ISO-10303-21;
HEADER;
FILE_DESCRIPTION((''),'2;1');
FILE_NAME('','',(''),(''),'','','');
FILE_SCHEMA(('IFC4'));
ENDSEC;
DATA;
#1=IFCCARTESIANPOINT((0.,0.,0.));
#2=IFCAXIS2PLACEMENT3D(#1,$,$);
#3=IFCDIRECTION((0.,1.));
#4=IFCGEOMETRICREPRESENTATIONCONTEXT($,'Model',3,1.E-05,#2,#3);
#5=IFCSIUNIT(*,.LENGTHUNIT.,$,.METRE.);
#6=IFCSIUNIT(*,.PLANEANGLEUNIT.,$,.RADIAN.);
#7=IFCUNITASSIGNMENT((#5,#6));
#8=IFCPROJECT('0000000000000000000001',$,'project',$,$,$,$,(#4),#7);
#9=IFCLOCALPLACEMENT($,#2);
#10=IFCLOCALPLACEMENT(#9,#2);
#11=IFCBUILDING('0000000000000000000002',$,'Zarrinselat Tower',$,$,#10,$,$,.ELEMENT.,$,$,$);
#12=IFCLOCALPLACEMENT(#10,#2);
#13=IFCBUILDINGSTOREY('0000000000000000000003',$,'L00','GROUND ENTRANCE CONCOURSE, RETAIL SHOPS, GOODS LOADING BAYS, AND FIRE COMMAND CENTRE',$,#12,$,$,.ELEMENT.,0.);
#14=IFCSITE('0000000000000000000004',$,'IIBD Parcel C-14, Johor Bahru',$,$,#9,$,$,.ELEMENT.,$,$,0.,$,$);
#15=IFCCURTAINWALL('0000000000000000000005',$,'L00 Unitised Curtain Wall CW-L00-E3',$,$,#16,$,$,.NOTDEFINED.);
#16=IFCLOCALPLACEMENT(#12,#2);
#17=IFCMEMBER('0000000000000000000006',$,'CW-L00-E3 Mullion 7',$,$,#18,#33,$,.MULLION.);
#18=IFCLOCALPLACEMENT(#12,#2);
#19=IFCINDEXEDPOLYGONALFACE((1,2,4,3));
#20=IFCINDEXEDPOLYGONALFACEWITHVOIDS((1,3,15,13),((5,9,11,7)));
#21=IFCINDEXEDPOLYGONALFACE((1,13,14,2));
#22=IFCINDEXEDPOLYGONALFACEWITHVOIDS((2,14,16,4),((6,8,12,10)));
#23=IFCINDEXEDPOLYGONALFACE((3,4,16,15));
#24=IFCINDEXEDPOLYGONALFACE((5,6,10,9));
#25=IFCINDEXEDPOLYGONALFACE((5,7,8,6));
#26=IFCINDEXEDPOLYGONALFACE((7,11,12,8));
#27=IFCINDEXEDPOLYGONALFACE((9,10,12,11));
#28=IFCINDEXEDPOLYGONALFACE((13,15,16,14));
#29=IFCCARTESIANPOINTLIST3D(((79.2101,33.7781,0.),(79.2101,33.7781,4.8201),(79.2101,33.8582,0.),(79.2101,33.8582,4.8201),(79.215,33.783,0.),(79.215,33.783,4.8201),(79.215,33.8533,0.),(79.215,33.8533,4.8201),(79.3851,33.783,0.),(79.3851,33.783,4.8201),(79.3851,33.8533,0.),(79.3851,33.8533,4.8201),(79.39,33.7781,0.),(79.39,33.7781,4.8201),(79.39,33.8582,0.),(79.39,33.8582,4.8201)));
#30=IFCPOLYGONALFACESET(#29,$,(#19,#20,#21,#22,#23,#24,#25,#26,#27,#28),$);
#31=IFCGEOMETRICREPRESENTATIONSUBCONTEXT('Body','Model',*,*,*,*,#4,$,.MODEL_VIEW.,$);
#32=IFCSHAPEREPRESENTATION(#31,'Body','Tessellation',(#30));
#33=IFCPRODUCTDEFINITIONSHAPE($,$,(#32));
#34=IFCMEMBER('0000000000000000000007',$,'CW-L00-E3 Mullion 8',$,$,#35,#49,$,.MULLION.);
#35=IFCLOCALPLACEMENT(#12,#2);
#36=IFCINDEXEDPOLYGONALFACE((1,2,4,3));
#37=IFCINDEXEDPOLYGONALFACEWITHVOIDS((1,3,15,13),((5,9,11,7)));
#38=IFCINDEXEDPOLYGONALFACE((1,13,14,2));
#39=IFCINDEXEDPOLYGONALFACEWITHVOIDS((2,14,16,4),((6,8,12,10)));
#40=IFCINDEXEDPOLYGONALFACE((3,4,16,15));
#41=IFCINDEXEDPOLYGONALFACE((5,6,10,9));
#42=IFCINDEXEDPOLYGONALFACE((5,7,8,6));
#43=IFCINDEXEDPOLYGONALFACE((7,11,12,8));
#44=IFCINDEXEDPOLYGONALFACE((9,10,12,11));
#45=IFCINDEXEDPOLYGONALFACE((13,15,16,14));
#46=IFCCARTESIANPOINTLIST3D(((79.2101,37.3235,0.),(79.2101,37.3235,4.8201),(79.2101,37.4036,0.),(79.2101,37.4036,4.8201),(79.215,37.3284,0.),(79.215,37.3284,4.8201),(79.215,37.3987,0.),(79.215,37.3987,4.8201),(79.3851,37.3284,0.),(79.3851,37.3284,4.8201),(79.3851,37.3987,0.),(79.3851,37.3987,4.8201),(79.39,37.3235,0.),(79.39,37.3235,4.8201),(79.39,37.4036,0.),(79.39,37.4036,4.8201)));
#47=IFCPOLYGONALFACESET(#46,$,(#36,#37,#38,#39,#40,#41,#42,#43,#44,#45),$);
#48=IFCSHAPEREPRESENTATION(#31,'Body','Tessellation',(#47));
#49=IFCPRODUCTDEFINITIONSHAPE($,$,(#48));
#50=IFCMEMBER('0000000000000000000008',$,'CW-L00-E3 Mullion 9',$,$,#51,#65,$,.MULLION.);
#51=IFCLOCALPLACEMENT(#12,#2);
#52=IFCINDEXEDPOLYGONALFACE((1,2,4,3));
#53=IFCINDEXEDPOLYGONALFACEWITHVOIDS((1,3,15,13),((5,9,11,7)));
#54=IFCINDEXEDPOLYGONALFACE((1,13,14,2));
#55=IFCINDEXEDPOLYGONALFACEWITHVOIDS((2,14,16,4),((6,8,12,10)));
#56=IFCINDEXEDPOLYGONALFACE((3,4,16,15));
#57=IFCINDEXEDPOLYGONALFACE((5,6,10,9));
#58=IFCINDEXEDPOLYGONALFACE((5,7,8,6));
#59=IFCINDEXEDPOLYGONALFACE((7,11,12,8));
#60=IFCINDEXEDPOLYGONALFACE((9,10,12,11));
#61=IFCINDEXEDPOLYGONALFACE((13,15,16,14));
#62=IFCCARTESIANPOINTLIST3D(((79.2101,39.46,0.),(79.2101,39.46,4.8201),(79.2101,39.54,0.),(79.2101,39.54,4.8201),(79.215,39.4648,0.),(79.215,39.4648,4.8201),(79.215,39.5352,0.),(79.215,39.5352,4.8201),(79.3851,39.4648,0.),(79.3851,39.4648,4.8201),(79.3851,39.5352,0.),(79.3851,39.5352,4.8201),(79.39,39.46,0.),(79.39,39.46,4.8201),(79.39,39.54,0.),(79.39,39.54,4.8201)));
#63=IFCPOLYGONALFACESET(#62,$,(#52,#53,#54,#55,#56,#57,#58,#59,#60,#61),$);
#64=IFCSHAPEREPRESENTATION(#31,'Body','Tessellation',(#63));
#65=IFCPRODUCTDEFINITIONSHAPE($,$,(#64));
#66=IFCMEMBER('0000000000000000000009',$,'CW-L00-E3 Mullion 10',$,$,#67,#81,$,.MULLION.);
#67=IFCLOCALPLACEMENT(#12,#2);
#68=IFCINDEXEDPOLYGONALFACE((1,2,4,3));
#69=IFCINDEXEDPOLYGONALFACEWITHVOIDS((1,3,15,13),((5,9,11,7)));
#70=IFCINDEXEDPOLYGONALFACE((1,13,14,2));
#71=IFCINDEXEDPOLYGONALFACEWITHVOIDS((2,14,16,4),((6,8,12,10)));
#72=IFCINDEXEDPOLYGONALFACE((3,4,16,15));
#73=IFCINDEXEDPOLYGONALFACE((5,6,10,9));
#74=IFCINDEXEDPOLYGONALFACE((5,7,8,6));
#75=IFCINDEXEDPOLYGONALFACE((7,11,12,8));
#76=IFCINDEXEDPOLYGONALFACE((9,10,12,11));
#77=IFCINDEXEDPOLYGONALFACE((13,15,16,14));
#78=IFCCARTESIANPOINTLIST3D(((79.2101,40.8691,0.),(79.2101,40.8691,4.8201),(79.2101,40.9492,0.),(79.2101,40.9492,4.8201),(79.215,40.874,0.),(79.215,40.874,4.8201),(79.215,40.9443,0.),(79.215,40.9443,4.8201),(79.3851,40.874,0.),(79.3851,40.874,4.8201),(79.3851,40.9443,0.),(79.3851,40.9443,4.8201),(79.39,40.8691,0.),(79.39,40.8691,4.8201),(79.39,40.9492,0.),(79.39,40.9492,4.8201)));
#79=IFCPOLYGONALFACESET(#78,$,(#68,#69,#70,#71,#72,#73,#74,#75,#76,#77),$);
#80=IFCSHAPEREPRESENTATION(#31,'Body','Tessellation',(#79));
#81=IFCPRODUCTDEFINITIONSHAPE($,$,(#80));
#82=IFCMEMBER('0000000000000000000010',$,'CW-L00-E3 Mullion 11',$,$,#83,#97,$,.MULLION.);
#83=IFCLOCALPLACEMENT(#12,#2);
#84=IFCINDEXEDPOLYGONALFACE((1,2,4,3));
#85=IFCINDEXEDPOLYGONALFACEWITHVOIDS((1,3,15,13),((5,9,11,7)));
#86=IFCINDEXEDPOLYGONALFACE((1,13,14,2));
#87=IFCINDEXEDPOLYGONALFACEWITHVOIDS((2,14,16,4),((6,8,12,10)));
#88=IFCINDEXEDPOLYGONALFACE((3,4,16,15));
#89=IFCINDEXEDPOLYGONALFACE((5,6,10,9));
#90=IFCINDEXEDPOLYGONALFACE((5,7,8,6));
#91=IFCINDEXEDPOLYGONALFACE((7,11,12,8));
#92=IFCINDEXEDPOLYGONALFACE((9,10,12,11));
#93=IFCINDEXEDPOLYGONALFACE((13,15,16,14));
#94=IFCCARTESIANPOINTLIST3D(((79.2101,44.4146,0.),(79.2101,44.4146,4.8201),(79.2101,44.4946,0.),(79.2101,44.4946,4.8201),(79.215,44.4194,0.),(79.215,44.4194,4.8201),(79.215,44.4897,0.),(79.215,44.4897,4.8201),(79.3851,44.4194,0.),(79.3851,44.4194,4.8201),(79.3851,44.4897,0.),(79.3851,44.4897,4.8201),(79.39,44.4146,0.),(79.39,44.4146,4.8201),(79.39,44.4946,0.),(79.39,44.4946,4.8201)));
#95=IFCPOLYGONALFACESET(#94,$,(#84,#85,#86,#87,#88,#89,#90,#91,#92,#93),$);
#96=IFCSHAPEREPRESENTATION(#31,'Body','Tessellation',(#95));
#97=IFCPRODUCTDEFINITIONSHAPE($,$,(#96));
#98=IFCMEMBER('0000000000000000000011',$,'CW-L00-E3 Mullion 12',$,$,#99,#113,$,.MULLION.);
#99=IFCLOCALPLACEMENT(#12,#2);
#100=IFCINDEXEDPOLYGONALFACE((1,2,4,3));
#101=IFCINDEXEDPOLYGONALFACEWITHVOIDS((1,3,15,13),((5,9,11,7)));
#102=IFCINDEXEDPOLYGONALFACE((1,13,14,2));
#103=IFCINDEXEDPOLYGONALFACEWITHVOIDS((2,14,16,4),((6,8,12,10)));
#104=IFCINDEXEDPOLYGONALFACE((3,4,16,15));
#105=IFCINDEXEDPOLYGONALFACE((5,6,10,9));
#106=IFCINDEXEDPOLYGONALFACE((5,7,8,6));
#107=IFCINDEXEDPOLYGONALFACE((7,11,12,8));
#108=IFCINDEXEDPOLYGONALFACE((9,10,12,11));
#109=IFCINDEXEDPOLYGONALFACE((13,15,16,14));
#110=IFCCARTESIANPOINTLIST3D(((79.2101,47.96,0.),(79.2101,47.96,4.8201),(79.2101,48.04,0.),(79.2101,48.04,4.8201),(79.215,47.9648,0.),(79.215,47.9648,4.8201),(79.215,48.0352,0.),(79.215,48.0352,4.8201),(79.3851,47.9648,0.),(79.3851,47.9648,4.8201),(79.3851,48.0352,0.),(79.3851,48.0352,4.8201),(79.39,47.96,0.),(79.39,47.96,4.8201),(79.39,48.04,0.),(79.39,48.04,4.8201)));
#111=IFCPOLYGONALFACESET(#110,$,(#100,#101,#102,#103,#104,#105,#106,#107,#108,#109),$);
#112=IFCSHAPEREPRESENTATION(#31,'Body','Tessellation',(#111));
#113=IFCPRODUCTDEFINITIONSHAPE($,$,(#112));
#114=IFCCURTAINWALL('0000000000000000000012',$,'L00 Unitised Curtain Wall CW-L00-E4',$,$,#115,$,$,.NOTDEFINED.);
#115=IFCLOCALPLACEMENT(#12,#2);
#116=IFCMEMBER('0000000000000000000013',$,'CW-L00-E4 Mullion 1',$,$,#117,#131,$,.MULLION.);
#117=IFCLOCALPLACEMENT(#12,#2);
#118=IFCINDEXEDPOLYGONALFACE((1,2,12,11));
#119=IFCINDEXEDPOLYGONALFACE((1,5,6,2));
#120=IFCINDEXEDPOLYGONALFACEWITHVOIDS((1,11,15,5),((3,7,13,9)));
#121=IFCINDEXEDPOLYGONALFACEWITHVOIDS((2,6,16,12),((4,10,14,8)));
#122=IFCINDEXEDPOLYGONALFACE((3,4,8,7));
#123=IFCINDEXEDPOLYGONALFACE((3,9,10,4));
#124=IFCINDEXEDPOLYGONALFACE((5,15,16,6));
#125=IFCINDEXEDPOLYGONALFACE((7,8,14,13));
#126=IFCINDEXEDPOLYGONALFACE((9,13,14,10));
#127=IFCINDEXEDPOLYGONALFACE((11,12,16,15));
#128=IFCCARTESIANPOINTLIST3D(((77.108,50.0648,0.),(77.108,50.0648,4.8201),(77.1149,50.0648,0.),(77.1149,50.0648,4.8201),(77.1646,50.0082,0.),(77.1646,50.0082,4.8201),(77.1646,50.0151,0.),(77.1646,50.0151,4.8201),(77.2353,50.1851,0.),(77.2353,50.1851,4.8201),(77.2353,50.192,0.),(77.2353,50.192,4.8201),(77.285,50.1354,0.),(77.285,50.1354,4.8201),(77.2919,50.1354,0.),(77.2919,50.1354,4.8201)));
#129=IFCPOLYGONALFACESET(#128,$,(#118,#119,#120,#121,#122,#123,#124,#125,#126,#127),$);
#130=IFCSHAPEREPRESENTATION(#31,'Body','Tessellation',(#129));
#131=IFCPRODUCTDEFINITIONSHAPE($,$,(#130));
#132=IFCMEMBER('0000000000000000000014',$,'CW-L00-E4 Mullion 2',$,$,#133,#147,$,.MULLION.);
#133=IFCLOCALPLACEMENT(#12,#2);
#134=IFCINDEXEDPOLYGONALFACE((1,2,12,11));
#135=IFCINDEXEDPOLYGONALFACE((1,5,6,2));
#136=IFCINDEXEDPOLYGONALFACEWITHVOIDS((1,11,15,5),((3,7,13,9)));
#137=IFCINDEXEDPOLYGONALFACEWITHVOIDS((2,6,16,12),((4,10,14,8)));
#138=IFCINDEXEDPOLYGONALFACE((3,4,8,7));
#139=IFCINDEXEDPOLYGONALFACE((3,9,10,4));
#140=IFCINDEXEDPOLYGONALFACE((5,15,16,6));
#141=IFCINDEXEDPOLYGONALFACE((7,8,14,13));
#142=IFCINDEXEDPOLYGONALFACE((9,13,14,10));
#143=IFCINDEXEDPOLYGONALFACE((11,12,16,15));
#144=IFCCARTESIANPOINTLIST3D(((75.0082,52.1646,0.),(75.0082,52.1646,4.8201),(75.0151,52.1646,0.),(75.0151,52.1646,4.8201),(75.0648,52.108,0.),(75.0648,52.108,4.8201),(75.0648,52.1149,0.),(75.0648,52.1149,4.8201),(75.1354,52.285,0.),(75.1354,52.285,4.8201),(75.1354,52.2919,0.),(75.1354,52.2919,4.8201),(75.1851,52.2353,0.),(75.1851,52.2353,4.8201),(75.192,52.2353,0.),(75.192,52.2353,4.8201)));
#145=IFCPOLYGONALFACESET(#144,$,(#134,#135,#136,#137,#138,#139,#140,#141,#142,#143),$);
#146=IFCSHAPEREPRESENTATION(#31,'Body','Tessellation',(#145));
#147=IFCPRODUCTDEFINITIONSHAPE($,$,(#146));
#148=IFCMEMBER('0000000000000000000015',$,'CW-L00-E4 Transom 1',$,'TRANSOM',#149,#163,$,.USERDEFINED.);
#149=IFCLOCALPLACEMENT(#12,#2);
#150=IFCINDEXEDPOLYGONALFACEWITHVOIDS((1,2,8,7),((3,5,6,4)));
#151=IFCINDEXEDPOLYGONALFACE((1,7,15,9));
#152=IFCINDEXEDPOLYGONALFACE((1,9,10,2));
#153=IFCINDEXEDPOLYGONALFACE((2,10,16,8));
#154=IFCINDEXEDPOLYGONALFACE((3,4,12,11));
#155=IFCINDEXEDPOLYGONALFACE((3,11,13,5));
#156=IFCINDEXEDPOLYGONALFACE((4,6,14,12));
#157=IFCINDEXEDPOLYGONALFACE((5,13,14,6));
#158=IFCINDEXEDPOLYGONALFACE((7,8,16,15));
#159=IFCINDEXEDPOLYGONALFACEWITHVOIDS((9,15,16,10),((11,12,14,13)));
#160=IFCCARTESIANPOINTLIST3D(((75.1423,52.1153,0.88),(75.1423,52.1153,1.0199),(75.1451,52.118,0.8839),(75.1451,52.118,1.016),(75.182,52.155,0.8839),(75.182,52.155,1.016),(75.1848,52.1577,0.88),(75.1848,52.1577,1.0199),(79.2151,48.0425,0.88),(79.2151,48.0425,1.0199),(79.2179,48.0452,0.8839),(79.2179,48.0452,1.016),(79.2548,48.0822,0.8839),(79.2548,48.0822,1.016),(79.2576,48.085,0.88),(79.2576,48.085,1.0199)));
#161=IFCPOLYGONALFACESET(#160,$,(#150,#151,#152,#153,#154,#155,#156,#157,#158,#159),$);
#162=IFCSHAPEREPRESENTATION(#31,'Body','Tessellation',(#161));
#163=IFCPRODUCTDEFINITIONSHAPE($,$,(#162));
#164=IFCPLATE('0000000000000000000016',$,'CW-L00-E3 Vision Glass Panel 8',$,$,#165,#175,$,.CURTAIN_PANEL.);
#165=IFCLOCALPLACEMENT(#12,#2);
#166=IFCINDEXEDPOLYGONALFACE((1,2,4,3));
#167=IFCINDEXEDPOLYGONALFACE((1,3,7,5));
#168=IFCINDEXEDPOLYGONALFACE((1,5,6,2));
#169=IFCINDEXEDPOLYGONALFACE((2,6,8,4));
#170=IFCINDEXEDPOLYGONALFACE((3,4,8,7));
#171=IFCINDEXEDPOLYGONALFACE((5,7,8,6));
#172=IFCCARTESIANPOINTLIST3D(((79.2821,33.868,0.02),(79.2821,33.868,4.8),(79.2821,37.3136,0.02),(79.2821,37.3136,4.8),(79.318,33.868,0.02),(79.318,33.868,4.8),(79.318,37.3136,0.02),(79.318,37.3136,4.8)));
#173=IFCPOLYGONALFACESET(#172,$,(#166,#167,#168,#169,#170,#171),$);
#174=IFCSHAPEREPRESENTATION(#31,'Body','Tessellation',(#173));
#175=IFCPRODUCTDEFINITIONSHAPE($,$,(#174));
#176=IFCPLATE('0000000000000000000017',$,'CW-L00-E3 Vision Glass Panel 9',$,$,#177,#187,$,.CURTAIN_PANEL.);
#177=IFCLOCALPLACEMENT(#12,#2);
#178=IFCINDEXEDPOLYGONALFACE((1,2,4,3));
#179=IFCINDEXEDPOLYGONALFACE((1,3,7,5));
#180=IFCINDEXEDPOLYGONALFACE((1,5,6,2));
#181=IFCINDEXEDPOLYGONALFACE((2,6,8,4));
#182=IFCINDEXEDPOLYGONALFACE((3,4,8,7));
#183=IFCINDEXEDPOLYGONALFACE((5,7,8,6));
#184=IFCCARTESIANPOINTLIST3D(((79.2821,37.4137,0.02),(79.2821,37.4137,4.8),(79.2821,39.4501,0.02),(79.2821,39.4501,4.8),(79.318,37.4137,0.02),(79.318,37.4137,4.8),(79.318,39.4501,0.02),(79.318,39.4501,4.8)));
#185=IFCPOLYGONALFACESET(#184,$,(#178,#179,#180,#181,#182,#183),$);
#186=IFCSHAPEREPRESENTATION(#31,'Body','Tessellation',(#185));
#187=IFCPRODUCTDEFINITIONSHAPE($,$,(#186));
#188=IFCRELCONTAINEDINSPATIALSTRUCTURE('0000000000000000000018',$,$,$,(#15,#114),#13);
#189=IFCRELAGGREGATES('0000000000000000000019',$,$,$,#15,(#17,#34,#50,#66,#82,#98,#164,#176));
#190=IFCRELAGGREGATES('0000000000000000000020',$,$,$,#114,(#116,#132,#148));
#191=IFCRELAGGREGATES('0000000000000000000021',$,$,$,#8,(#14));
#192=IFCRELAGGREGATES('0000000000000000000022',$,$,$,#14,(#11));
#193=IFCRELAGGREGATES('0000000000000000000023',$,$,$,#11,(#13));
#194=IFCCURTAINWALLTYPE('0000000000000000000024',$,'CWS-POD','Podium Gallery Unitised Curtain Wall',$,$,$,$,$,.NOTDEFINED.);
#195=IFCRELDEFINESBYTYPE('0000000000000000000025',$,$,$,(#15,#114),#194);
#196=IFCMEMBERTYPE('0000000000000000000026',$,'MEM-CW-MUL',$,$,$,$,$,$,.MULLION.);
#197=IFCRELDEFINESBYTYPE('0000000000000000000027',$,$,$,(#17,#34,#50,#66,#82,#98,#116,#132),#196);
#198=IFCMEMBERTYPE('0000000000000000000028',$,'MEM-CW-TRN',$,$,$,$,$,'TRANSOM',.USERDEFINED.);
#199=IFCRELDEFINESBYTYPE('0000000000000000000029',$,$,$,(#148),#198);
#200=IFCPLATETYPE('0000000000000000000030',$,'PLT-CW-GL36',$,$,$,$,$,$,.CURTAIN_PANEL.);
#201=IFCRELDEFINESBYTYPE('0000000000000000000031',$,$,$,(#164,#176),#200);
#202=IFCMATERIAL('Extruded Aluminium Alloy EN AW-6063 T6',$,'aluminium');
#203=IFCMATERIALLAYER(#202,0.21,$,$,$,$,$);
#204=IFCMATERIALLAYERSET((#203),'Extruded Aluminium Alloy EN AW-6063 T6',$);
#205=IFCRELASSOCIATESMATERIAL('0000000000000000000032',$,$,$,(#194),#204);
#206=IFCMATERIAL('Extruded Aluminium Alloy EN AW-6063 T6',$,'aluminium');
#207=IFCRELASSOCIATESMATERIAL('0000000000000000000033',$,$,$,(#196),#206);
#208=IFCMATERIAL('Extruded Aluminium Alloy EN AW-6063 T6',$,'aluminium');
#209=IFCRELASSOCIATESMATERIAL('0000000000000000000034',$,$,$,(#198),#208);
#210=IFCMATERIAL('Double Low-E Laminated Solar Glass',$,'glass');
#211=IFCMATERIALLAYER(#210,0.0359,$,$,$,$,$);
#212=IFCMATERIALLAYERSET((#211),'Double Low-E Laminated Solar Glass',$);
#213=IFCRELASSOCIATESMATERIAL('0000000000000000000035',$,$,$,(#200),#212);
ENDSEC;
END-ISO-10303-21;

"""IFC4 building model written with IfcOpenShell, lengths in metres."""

from ifc_helpers import new_model, si_unit, direction, frame, origin, origin_2d, place, context, subcontext, project, spatial, rectangle, hollow_rectangle, extrude, material, layer, layer_set, material_profile, profile_set, type_object, element, aggregate, save


model = new_model("IFC4")

# Units and contexts
model_context = context("Model", 3, precision=1e-05, world=origin(), true_north=direction((0.0, 1.0)))
body_context = subcontext(model_context, "Body", "Model", "MODEL_VIEW")
ifc_project = project(units=[si_unit("LENGTHUNIT", "METRE"), si_unit("PLANEANGLEUNIT", "RADIAN")], contexts=[model_context])

# Site, building, storey
site_placement = place(None, origin())
site = spatial("IfcSite", under=ifc_project, at=site_placement, Name="IIBD Parcel C-14, Johor Bahru", CompositionType="ELEMENT", RefElevation=0.0)
building_placement = place(site_placement, origin())
building = spatial("IfcBuilding", under=site, at=building_placement, Name="Zarrinselat Tower", CompositionType="ELEMENT")
storey_placement = place(building_placement, origin())
storey = spatial("IfcBuildingStorey", under=building, at=storey_placement, Name="L00", Description="GROUND ENTRANCE CONCOURSE, RETAIL SHOPS, GOODS LOADING BAYS, AND FIRE COMMAND CENTRE", CompositionType="ELEMENT", Elevation=0.0)

# Curtain walls, members
ifc_material_1 = material(Name="Extruded Aluminium Alloy EN AW-6063 T6", Category="aluminium")
ifc_layer_1 = layer(ifc_material_1, 0.21)
ifc_layer_set_1 = layer_set([ifc_layer_1], Name="Extruded Aluminium Alloy EN AW-6063 T6")
curtain_wall_type = type_object("IfcCurtainWallType", Name="CWS-POD", Description="Podium Gallery Unitised Curtain Wall", PredefinedType="NOTDEFINED", material=ifc_layer_set_1)
curtain_wall_1_placement = place(storey_placement, origin())
curtain_wall_1 = element("IfcCurtainWall", 1, at=curtain_wall_1_placement, inside=storey, type_object=curtain_wall_type, Name="L00 Unitised Curtain Wall CW-L00-E3", PredefinedType="NOTDEFINED")
ifc_material_2 = material(Name="Extruded Aluminium Alloy EN AW-6063 T6", Category="aluminium")
ifc_material_profile_1 = material_profile(ifc_material_2, hollow_rectangle(XDim=0.0801, YDim=0.1799, WallThickness=0.0049, at=origin_2d()), Name="RHS 180x80x5")
ifc_profile_set_1 = profile_set([ifc_material_profile_1], Name="Extruded Aluminium Alloy EN AW-6063 T6")
member_type_1 = type_object("IfcMemberType", Name="MEM-CW-MUL", PredefinedType="MULLION", material=ifc_profile_set_1)
member_1_placement = place(storey_placement, frame((79.3, 33.8181, 0.0), z_axis=(0.0, 0.0, 1.0), x_axis=(0.0, 1.0, 0.0)))
member_1 = element("IfcMember", 2, at=member_1_placement, type_object=member_type_1, Name="CW-L00-E3 Mullion 7", PredefinedType="MULLION", context=body_context, shape_type="SweptSolid", body=[
    extrude(hollow_rectangle(XDim=0.0801, YDim=0.1799, WallThickness=0.0049, at=origin_2d()), origin(), (0.0, 0.0, 1.0), 4.8201),
])
member_2_placement = place(storey_placement, frame((79.3, 37.3635, 0.0), z_axis=(0.0, 0.0, 1.0), x_axis=(0.0, 1.0, 0.0)))
member_2 = element("IfcMember", 3, at=member_2_placement, type_object=member_type_1, Name="CW-L00-E3 Mullion 8", PredefinedType="MULLION", context=body_context, shape_type="SweptSolid", body=[
    extrude(hollow_rectangle(XDim=0.0801, YDim=0.1799, WallThickness=0.0049, at=origin_2d()), origin(), (0.0, 0.0, 1.0), 4.8201),
])
member_3_placement = place(storey_placement, frame((79.3, 39.5, 0.0), z_axis=(0.0, 0.0, 1.0), x_axis=(0.0, 1.0, 0.0)))
member_3 = element("IfcMember", 4, at=member_3_placement, type_object=member_type_1, Name="CW-L00-E3 Mullion 9", PredefinedType="MULLION", context=body_context, shape_type="SweptSolid", body=[
    extrude(hollow_rectangle(XDim=0.0801, YDim=0.1799, WallThickness=0.0049, at=origin_2d()), origin(), (0.0, 0.0, 1.0), 4.8201),
])
member_4_placement = place(storey_placement, frame((79.3, 40.9092, 0.0), z_axis=(0.0, 0.0, 1.0), x_axis=(0.0, 1.0, 0.0)))
member_4 = element("IfcMember", 5, at=member_4_placement, type_object=member_type_1, Name="CW-L00-E3 Mullion 10", PredefinedType="MULLION", context=body_context, shape_type="SweptSolid", body=[
    extrude(hollow_rectangle(XDim=0.0801, YDim=0.1799, WallThickness=0.0049, at=origin_2d()), origin(), (0.0, 0.0, 1.0), 4.8201),
])
member_5_placement = place(storey_placement, frame((79.3, 44.4546, 0.0), z_axis=(0.0, 0.0, 1.0), x_axis=(0.0, 1.0, 0.0)))
member_5 = element("IfcMember", 6, at=member_5_placement, type_object=member_type_1, Name="CW-L00-E3 Mullion 11", PredefinedType="MULLION", context=body_context, shape_type="SweptSolid", body=[
    extrude(hollow_rectangle(XDim=0.0801, YDim=0.1799, WallThickness=0.0049, at=origin_2d()), origin(), (0.0, 0.0, 1.0), 4.8201),
])
member_6_placement = place(storey_placement, frame((79.3, 48.0, 0.0), z_axis=(0.0, 0.0, 1.0), x_axis=(0.0, 1.0, 0.0)))
member_6 = element("IfcMember", 7, at=member_6_placement, type_object=member_type_1, Name="CW-L00-E3 Mullion 12", PredefinedType="MULLION", context=body_context, shape_type="SweptSolid", body=[
    extrude(hollow_rectangle(XDim=0.0801, YDim=0.1799, WallThickness=0.0049, at=origin_2d()), origin(), (0.0, 0.0, 1.0), 4.8201),
])
curtain_wall_2_placement = place(storey_placement, origin())
curtain_wall_2 = element("IfcCurtainWall", 8, at=curtain_wall_2_placement, inside=storey, type_object=curtain_wall_type, Name="L00 Unitised Curtain Wall CW-L00-E4", PredefinedType="NOTDEFINED")
member_7_placement = place(storey_placement, frame((77.2, 50.1001, 0.0), z_axis=(0.0, 0.0, 1.0), x_axis=(-0.707107, 0.707107, 0.0)))
member_7 = element("IfcMember", 9, at=member_7_placement, type_object=member_type_1, Name="CW-L00-E4 Mullion 1", PredefinedType="MULLION", context=body_context, shape_type="SweptSolid", body=[
    extrude(hollow_rectangle(XDim=0.0801, YDim=0.1799, WallThickness=0.0049, at=origin_2d()), origin(), (0.0, 0.0, 1.0), 4.8201),
])
member_8_placement = place(storey_placement, frame((75.1001, 52.2, 0.0), z_axis=(0.0, 0.0, 1.0), x_axis=(-0.707107, 0.707107, 0.0)))
member_8 = element("IfcMember", 10, at=member_8_placement, type_object=member_type_1, Name="CW-L00-E4 Mullion 2", PredefinedType="MULLION", context=body_context, shape_type="SweptSolid", body=[
    extrude(hollow_rectangle(XDim=0.0801, YDim=0.1799, WallThickness=0.0049, at=origin_2d()), origin(), (0.0, 0.0, 1.0), 4.8201),
])
ifc_material_3 = material(Name="Extruded Aluminium Alloy EN AW-6063 T6", Category="aluminium")
ifc_material_profile_2 = material_profile(ifc_material_3, hollow_rectangle(XDim=0.0601, YDim=0.1399, WallThickness=0.0039, at=origin_2d()), Name="RHS 140x60x4")
ifc_profile_set_2 = profile_set([ifc_material_profile_2], Name="Extruded Aluminium Alloy EN AW-6063 T6")
member_type_2 = type_object("IfcMemberType", Name="MEM-CW-TRN", ElementType="TRANSOM", PredefinedType="USERDEFINED", material=ifc_profile_set_2)
member_9_placement = place(storey_placement, frame((79.2363, 48.0637, 0.95), z_axis=(-0.707107, 0.707107, 0.0), x_axis=(-0.707107, -0.707107, 0.0)))
member_9 = element("IfcMember", 11, at=member_9_placement, type_object=member_type_2, Name="CW-L00-E4 Transom 1", ObjectType="TRANSOM", PredefinedType="USERDEFINED", context=body_context, shape_type="SweptSolid", body=[
    extrude(hollow_rectangle(XDim=0.0601, YDim=0.1399, WallThickness=0.0039, at=origin_2d()), origin(), (0.0, 0.0, 1.0), 5.7598),
])

# Plates
ifc_material_4 = material(Name="Double Low-E Laminated Solar Glass", Category="glass")
ifc_layer_2 = layer(ifc_material_4, 0.0359)
ifc_layer_set_2 = layer_set([ifc_layer_2], Name="Double Low-E Laminated Solar Glass")
plate_type = type_object("IfcPlateType", Name="PLT-CW-GL36", PredefinedType="CURTAIN_PANEL", material=ifc_layer_set_2)
plate_1_placement = place(storey_placement, frame((79.3, 35.5908, 0.02), z_axis=(0.0, 0.0, 1.0), x_axis=(0.0, 1.0, 0.0)))
plate_1 = element("IfcPlate", 12, at=plate_1_placement, type_object=plate_type, Name="CW-L00-E3 Vision Glass Panel 8", PredefinedType="CURTAIN_PANEL", context=body_context, shape_type="SweptSolid", body=[
    extrude(rectangle(XDim=3.4456, YDim=0.0359, at=origin_2d()), origin(), (0.0, 0.0, 1.0), 4.78),
])
plate_2_placement = place(storey_placement, frame((79.3, 38.4319, 0.02), z_axis=(0.0, 0.0, 1.0), x_axis=(0.0, 1.0, 0.0)))
plate_2 = element("IfcPlate", 13, at=plate_2_placement, type_object=plate_type, Name="CW-L00-E3 Vision Glass Panel 9", PredefinedType="CURTAIN_PANEL", context=body_context, shape_type="SweptSolid", body=[
    extrude(rectangle(XDim=2.0364, YDim=0.0359, at=origin_2d()), origin(), (0.0, 0.0, 1.0), 4.78),
])
aggregate(curtain_wall_1, [member_1, member_2, member_3, member_4, member_5, member_6, plate_1, plate_2])
aggregate(curtain_wall_2, [member_7, member_8, member_9])

save(model, "model.ifc")
